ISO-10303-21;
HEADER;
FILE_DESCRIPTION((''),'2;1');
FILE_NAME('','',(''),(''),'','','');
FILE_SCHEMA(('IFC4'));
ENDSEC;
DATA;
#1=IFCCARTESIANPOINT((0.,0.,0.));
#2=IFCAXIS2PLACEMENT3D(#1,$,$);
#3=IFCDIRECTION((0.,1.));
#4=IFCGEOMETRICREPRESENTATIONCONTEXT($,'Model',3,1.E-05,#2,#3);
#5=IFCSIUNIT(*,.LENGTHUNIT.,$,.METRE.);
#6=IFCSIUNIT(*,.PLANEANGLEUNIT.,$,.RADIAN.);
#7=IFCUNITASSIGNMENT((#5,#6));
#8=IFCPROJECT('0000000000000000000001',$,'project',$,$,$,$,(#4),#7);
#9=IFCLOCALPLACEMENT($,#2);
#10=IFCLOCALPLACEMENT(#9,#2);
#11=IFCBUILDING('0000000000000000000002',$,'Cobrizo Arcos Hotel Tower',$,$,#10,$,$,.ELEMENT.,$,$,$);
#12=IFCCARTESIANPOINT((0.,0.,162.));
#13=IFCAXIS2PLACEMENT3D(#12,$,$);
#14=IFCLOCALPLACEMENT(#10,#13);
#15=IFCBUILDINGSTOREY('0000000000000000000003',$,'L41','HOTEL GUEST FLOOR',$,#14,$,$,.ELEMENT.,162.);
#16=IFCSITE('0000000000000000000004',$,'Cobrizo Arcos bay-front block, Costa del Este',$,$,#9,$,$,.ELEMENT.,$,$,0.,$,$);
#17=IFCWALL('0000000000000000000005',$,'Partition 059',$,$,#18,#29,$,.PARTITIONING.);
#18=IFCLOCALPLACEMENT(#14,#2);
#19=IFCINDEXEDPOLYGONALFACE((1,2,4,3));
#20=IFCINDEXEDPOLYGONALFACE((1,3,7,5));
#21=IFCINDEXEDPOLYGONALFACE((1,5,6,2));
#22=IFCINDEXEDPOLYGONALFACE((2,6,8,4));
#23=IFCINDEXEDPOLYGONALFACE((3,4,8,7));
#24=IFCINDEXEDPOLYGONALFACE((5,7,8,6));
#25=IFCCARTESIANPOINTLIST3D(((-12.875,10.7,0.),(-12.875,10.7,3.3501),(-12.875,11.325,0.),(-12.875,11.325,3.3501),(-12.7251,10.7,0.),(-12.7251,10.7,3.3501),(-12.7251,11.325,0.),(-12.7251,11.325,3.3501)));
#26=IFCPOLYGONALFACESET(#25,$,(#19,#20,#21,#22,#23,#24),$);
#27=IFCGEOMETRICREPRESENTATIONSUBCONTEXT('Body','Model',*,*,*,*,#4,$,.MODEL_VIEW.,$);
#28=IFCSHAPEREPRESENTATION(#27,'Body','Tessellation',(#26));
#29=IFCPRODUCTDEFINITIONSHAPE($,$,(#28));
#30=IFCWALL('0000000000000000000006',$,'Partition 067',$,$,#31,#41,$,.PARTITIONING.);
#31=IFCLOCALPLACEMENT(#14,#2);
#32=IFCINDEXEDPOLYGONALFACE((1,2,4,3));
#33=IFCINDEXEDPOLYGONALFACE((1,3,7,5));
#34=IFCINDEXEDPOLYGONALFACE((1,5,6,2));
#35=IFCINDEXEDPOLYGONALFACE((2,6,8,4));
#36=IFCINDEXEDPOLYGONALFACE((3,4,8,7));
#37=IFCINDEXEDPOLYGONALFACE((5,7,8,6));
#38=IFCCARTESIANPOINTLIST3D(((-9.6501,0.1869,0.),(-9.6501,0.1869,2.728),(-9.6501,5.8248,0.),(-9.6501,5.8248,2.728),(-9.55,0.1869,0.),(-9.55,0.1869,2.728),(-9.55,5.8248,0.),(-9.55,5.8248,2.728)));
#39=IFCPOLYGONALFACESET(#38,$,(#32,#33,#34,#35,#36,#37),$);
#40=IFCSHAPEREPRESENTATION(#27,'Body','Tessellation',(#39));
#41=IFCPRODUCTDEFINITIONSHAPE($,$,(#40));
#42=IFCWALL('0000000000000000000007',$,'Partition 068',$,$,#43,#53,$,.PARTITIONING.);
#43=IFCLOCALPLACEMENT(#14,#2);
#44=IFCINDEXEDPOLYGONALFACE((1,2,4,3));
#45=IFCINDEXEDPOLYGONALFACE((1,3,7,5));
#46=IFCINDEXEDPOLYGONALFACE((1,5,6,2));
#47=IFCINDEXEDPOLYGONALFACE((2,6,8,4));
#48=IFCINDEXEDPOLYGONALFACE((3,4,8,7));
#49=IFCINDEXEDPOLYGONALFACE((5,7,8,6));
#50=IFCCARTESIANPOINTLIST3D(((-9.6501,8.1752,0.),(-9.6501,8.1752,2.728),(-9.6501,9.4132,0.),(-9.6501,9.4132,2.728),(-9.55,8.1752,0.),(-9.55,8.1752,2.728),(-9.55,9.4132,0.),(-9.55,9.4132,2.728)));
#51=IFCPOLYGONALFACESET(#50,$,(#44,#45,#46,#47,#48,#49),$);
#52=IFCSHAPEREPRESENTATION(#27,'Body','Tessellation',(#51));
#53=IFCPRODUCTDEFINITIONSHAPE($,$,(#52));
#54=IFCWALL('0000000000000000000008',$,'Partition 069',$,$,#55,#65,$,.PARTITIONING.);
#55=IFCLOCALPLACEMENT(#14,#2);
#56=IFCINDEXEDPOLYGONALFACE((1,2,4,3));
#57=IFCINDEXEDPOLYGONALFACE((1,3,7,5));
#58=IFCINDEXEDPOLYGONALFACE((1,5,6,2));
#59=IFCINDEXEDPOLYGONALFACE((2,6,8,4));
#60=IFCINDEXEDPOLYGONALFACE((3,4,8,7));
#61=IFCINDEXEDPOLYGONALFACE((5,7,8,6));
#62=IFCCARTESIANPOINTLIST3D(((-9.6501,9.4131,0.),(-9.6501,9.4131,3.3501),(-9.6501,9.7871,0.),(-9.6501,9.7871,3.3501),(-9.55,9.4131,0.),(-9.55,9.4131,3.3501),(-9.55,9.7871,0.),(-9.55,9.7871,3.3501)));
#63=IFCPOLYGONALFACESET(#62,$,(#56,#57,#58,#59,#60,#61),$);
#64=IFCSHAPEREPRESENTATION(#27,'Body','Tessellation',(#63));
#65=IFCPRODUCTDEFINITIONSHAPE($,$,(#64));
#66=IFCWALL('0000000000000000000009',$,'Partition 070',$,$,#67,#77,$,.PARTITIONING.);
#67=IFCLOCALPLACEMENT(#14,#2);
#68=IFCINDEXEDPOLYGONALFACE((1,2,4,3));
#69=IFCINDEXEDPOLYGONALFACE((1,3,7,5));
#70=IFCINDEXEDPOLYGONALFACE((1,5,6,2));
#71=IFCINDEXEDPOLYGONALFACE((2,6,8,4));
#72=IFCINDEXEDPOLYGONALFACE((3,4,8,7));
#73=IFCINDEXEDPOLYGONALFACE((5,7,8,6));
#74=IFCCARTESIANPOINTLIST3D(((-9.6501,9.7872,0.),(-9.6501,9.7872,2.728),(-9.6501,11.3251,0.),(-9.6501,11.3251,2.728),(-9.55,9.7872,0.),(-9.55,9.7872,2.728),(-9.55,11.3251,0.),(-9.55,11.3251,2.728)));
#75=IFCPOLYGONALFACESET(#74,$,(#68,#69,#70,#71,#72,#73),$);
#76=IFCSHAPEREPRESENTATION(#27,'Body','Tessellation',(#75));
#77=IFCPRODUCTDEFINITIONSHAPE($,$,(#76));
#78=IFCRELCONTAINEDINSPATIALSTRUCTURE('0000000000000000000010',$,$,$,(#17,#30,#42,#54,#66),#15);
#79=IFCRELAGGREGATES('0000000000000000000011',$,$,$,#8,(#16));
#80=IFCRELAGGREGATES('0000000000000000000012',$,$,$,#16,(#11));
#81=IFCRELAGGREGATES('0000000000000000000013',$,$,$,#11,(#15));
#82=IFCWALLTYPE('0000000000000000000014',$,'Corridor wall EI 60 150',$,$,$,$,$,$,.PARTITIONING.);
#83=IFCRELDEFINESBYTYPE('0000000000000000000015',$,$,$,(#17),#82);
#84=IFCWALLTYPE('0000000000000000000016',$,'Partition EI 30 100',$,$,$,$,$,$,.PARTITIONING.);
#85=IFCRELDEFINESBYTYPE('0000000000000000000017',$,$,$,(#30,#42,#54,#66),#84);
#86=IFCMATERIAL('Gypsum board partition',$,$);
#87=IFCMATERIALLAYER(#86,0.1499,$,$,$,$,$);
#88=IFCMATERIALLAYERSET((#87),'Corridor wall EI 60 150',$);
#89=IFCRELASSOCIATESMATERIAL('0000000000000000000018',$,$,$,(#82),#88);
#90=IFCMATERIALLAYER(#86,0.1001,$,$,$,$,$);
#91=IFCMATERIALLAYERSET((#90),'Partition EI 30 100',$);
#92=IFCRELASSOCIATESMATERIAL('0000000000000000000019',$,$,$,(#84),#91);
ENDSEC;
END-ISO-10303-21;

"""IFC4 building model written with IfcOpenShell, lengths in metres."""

from ifc_helpers import new_model, si_unit, direction, frame, frame_2d, origin, place, context, subcontext, project, spatial, rectangle, extrude, material, layer, layer_set, type_object, element, save


model = new_model("IFC4")

# Units and contexts
model_context = context("Model", 3, precision=1e-05, world=origin(), true_north=direction((0.0, 1.0)))
body_context = subcontext(model_context, "Body", "Model", "MODEL_VIEW")
ifc_project = project(units=[si_unit("LENGTHUNIT", "METRE"), si_unit("PLANEANGLEUNIT", "RADIAN")], contexts=[model_context])

# Site, building, storey
site_placement = place(None, origin())
site = spatial("IfcSite", under=ifc_project, at=site_placement, Name="Cobrizo Arcos bay-front block, Costa del Este", CompositionType="ELEMENT", RefElevation=0.0)
building_placement = place(site_placement, origin())
building = spatial("IfcBuilding", under=site, at=building_placement, Name="Cobrizo Arcos Hotel Tower", CompositionType="ELEMENT")
storey_placement = place(building_placement, frame((0.0, 0.0, 162.0)))
storey = spatial("IfcBuildingStorey", under=building, at=storey_placement, Name="L41", Description="HOTEL GUEST FLOOR", CompositionType="ELEMENT", Elevation=162.0)

# Shared definitions
ifc_material_1 = material(Name="Gypsum board partition")
ifc_layer_1 = layer(ifc_material_1, 0.1499)
ifc_layer_set_1 = layer_set([ifc_layer_1], Name="Corridor wall EI 60 150")
wall_type_1 = type_object("IfcWallType", Name="Corridor wall EI 60 150", PredefinedType="PARTITIONING", material=ifc_layer_set_1)

# Walls
wall_1_placement = place(storey_placement, frame((-12.8, 10.7, 0.0), z_axis=(0.0, 0.0, 1.0), x_axis=(0.0, 1.0, 0.0)))
element("IfcWall", 1, at=wall_1_placement, inside=storey, type_object=wall_type_1, Name="Partition 059", PredefinedType="PARTITIONING", context=body_context, shape_type="SweptSolid", body=[
    extrude(rectangle(XDim=0.625, YDim=0.1499, at=frame_2d((0.3125, 0.0))), origin(), (0.0, 0.0, 1.0), 3.3501),
])
ifc_layer_2 = layer(ifc_material_1, 0.1001)
ifc_layer_set_2 = layer_set([ifc_layer_2], Name="Partition EI 30 100")
wall_type_2 = type_object("IfcWallType", Name="Partition EI 30 100", PredefinedType="PARTITIONING", material=ifc_layer_set_2)
wall_2_placement = place(storey_placement, frame((-9.6001, 0.187, 0.0), z_axis=(0.0, 0.0, 1.0), x_axis=(0.0, 1.0, 0.0)))
element("IfcWall", 2, at=wall_2_placement, inside=storey, type_object=wall_type_2, Name="Partition 067", PredefinedType="PARTITIONING", context=body_context, shape_type="SweptSolid", body=[
    extrude(rectangle(XDim=5.6379, YDim=0.1001, at=frame_2d((2.8188, 0.0))), origin(), (0.0, 0.0, 1.0), 2.728),
])
wall_3_placement = place(storey_placement, frame((-9.6001, 8.175, 0.0), z_axis=(0.0, 0.0, 1.0), x_axis=(0.0, 1.0, 0.0)))
element("IfcWall", 3, at=wall_3_placement, inside=storey, type_object=wall_type_2, Name="Partition 068", PredefinedType="PARTITIONING", context=body_context, shape_type="SweptSolid", body=[
    extrude(rectangle(XDim=1.238, YDim=0.1001, at=frame_2d((0.6191, 0.0))), origin(), (0.0, 0.0, 1.0), 2.728),
])
wall_4_placement = place(storey_placement, frame((-9.6001, 9.4131, 0.0), z_axis=(0.0, 0.0, 1.0), x_axis=(0.0, 1.0, 0.0)))
element("IfcWall", 4, at=wall_4_placement, inside=storey, type_object=wall_type_2, Name="Partition 069", PredefinedType="PARTITIONING", context=body_context, shape_type="SweptSolid", body=[
    extrude(rectangle(XDim=0.374, YDim=0.1001, at=frame_2d((0.187, 0.0))), origin(), (0.0, 0.0, 1.0), 3.3501),
])
wall_5_placement = place(storey_placement, frame((-9.6001, 9.7871, 0.0), z_axis=(0.0, 0.0, 1.0), x_axis=(0.0, 1.0, 0.0)))
element("IfcWall", 5, at=wall_5_placement, inside=storey, type_object=wall_type_2, Name="Partition 070", PredefinedType="PARTITIONING", context=body_context, shape_type="SweptSolid", body=[
    extrude(rectangle(XDim=1.5378, YDim=0.1001, at=frame_2d((0.769, 0.0))), origin(), (0.0, 0.0, 1.0), 2.728),
])

save(model, "model.ifc")
